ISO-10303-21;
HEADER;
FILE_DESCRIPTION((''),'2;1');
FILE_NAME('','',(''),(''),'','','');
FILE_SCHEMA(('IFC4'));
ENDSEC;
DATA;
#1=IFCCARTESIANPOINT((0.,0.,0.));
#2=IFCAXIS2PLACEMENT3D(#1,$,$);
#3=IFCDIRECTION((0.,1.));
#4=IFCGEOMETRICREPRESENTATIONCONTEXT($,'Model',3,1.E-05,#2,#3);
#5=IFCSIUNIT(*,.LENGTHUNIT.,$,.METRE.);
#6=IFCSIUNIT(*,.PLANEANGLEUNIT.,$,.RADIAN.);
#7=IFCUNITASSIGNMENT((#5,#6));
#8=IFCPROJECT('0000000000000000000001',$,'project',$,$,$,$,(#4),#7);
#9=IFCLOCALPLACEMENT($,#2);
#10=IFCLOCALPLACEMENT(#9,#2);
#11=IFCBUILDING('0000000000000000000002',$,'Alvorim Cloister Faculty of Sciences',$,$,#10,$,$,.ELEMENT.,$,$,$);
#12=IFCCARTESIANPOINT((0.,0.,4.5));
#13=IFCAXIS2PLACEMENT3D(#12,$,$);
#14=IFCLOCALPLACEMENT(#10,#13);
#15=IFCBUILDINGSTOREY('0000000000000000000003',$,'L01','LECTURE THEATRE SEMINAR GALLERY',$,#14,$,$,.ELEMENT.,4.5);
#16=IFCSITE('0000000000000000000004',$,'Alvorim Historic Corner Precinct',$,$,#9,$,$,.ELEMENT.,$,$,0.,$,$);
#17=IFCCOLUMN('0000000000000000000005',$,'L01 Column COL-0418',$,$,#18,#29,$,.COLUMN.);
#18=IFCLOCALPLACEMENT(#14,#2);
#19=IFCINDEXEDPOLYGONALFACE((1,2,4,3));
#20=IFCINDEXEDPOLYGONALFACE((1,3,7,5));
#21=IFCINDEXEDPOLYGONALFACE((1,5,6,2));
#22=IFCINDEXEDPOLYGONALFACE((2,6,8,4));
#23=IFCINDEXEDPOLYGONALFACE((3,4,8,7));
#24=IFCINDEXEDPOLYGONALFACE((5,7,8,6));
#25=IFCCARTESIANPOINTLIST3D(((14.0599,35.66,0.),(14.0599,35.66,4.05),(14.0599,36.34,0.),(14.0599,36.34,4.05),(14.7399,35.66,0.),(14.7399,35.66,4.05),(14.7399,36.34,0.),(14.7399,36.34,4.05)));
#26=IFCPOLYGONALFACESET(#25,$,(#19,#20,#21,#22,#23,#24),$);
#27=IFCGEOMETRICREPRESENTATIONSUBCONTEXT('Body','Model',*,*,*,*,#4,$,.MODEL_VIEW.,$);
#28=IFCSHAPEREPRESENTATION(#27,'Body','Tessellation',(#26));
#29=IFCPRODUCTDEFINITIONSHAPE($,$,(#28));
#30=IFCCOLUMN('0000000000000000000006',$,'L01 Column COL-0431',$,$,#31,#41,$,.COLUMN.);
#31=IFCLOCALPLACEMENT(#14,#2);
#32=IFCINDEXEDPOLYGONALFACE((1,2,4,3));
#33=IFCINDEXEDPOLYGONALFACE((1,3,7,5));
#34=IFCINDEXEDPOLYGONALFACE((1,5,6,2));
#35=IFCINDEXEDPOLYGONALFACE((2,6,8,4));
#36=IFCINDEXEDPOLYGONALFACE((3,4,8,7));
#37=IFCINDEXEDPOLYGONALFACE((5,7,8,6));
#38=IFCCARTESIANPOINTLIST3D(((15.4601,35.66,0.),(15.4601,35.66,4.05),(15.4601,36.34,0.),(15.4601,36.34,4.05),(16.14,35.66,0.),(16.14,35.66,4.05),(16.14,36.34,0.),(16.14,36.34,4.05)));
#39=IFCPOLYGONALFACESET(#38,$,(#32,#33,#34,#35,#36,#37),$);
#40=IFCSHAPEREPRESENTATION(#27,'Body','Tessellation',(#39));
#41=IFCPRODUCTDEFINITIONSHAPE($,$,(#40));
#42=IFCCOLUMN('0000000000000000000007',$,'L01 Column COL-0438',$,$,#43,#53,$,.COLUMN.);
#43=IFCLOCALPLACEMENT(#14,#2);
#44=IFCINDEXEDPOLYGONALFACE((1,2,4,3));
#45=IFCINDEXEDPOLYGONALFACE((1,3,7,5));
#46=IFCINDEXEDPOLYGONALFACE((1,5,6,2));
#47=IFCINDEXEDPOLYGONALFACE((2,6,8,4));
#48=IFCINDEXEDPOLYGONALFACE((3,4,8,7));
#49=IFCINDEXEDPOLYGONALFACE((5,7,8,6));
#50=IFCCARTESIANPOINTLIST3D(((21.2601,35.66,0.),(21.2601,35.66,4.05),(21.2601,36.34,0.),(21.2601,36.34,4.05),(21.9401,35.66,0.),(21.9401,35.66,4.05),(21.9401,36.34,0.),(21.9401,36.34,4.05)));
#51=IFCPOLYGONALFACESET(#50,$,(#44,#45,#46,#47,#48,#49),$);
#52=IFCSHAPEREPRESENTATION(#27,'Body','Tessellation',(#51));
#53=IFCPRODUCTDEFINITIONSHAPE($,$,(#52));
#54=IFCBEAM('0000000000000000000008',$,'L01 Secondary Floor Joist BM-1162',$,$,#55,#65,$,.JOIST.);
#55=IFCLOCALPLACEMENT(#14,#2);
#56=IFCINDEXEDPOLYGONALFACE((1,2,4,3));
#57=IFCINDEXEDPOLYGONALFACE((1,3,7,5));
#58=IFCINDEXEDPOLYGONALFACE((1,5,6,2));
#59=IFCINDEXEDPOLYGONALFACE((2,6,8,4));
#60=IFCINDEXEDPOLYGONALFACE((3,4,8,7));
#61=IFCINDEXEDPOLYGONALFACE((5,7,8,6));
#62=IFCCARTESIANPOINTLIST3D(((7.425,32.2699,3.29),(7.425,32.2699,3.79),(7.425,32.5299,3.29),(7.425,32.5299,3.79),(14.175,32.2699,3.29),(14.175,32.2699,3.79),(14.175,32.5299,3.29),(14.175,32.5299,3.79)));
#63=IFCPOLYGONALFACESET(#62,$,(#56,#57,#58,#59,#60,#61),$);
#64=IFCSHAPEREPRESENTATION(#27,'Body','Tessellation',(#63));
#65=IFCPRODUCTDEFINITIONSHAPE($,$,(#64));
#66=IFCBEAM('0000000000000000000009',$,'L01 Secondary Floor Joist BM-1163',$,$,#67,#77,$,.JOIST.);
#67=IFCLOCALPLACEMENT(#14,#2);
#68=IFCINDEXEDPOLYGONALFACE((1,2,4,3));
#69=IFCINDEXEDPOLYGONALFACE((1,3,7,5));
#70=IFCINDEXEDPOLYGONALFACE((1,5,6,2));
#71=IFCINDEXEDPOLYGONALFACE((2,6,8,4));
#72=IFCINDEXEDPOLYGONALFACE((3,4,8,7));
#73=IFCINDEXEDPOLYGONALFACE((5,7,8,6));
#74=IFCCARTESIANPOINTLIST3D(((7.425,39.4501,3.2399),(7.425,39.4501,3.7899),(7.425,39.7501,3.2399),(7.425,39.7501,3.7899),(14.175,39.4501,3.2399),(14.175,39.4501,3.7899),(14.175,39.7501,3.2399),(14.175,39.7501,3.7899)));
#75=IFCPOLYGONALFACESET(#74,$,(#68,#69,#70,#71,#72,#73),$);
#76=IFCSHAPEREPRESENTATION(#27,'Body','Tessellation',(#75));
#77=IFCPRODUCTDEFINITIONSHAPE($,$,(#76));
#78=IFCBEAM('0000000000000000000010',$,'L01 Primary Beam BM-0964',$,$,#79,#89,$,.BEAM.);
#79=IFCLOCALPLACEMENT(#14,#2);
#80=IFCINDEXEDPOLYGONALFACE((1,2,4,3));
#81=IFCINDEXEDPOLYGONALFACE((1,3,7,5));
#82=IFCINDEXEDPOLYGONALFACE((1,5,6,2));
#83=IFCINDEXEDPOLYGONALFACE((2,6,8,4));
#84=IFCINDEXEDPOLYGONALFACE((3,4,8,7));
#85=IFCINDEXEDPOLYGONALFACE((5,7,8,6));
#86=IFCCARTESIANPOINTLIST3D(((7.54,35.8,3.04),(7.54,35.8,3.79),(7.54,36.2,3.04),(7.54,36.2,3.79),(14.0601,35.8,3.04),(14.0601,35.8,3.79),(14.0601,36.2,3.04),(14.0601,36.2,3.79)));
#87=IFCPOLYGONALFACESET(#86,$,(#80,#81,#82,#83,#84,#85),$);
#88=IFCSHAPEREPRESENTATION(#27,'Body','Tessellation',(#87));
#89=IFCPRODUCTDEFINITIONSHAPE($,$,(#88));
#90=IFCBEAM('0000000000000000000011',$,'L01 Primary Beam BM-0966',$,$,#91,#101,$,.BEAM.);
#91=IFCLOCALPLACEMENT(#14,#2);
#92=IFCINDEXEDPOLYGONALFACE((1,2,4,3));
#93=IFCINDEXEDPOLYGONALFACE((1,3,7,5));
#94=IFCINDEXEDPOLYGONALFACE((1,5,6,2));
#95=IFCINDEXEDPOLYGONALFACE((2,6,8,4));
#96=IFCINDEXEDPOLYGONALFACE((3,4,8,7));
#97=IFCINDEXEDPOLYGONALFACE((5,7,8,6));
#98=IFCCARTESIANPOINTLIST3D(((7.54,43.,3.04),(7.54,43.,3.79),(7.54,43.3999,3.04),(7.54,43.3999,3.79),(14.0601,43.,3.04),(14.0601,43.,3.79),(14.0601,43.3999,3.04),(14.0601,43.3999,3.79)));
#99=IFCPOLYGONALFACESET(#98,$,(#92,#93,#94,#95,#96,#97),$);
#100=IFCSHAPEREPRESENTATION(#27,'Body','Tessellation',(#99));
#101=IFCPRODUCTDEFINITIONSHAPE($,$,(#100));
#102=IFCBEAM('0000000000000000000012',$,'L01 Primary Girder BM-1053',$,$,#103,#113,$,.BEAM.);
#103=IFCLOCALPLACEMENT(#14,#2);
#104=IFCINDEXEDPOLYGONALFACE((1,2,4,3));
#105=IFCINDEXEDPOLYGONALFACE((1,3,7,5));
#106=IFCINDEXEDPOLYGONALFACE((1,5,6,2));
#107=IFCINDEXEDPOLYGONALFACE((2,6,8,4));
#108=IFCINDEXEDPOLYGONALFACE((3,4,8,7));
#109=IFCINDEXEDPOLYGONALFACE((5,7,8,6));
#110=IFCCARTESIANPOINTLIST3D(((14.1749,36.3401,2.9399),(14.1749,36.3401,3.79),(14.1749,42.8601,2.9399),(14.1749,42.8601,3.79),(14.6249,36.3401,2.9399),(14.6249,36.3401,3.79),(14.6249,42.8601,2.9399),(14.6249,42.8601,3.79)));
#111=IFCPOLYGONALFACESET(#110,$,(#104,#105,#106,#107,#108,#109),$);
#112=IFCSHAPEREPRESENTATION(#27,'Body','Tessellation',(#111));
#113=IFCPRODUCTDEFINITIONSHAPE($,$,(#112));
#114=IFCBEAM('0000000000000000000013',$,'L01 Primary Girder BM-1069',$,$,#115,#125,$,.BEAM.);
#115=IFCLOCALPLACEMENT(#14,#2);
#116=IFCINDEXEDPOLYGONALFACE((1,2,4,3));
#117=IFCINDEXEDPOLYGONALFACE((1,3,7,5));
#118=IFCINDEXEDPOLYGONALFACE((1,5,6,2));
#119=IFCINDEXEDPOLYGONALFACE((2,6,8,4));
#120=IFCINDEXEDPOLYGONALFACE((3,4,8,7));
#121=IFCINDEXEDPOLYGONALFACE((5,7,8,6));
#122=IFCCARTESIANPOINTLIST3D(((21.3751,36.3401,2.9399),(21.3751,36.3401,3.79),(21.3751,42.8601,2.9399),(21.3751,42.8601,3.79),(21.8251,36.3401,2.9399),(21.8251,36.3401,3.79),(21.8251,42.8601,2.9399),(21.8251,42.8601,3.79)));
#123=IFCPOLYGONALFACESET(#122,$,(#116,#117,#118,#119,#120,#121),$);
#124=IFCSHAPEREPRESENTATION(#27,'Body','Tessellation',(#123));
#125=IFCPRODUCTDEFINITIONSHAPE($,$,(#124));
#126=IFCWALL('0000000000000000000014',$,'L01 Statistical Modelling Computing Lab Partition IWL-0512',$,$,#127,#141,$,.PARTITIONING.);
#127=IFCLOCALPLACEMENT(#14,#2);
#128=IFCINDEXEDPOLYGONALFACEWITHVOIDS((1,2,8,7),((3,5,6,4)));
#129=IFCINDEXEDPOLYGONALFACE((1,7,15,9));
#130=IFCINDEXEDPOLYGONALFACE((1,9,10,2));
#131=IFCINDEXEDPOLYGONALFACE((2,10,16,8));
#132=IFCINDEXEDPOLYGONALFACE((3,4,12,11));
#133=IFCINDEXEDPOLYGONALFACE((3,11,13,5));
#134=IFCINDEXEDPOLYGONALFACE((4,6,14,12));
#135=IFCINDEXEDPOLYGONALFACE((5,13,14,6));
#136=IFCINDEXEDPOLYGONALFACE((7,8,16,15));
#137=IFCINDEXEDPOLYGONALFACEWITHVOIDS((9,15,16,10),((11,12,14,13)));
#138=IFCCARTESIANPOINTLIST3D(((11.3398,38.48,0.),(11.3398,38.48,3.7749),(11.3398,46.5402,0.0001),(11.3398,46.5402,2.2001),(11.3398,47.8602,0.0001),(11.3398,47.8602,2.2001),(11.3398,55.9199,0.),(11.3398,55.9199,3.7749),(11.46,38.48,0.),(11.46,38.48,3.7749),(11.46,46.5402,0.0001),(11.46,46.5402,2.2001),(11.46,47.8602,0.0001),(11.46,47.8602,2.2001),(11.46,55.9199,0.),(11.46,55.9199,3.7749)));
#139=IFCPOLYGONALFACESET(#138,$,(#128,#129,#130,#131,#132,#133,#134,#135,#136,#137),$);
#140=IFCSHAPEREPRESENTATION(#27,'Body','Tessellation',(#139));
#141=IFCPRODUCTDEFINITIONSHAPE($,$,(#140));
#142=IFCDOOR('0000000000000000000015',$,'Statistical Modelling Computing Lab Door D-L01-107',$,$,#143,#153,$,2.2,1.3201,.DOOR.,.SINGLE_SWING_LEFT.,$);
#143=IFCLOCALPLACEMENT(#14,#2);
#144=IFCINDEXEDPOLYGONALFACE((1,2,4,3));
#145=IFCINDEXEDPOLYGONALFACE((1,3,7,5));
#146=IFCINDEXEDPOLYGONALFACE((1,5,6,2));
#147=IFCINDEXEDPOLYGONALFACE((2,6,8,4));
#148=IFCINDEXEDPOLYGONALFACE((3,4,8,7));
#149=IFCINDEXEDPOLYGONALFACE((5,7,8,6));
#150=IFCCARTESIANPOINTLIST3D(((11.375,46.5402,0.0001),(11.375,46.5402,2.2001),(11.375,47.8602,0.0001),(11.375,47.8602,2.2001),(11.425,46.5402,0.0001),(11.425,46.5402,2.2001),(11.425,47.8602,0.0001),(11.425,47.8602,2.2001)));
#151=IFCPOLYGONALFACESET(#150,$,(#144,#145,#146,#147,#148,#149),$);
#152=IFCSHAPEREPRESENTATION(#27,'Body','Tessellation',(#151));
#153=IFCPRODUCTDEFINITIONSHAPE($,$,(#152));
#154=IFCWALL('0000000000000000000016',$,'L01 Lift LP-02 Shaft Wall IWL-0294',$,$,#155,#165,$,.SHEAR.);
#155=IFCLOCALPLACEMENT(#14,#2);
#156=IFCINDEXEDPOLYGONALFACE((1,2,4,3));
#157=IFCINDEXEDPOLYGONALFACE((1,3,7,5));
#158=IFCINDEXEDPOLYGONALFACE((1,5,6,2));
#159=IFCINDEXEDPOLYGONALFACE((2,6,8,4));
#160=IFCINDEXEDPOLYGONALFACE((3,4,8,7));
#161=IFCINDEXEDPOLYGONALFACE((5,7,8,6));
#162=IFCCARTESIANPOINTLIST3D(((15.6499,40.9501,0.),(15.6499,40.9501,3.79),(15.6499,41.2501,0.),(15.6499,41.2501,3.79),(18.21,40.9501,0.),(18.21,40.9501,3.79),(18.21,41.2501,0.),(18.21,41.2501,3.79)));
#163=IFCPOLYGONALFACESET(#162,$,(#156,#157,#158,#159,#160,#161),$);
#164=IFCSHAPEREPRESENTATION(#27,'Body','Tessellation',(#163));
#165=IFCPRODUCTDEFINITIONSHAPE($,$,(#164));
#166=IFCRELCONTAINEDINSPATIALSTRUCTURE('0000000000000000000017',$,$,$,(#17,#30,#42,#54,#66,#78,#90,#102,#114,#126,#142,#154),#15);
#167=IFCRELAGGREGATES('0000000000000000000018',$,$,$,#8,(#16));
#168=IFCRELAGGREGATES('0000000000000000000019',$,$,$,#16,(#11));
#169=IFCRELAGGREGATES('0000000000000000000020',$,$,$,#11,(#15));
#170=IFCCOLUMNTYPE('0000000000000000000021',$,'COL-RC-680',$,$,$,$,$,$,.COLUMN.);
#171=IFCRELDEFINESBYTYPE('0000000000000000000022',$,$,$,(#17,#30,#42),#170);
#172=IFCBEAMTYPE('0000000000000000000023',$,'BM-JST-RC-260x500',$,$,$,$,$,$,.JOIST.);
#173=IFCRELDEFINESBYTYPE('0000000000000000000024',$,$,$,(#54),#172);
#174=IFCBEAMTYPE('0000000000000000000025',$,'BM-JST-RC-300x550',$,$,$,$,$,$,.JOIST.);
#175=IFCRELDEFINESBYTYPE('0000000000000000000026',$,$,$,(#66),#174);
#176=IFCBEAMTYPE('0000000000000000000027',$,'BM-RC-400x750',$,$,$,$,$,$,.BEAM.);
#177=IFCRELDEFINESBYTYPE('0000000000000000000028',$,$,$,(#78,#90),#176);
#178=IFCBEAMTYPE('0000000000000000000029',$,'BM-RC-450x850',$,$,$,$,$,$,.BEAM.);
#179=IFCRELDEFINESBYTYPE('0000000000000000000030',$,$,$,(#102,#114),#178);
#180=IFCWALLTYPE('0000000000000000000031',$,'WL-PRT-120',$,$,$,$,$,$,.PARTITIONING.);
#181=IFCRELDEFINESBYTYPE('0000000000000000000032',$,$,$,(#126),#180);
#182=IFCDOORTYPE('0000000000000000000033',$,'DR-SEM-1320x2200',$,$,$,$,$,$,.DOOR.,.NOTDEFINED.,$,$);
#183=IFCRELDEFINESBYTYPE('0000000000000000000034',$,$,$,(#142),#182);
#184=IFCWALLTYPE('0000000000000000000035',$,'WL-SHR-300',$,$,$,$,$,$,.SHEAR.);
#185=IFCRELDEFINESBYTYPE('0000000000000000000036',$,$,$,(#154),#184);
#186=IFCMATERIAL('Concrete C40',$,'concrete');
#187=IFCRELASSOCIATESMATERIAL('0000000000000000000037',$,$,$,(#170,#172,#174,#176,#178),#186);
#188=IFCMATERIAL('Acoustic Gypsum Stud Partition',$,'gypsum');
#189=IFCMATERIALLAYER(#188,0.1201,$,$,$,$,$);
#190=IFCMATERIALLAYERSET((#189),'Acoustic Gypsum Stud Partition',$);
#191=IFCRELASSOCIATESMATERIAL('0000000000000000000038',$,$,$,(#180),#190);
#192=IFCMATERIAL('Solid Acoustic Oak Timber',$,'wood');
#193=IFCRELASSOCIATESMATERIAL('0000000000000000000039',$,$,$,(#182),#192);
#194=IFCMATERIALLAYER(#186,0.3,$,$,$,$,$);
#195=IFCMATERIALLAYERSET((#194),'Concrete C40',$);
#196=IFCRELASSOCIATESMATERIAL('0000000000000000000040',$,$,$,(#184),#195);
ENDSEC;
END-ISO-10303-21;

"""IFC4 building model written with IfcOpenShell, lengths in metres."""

from ifc_helpers import new_model, si_unit, direction, frame, frame_2d, origin, origin_2d, place, context, subcontext, project, spatial, rectangle, extrude, material, layer, layer_set, material_profile, profile_set, type_object, element, fill, save


model = new_model("IFC4")

# Units and contexts
model_context = context("Model", 3, precision=1e-05, world=origin(), true_north=direction((0.0, 1.0)))
body_context = subcontext(model_context, "Body", "Model", "MODEL_VIEW")
ifc_project = project(units=[si_unit("LENGTHUNIT", "METRE"), si_unit("PLANEANGLEUNIT", "RADIAN")], contexts=[model_context])

# Site, building, storey
site_placement = place(None, origin())
site = spatial("IfcSite", under=ifc_project, at=site_placement, Name="Alvorim Historic Corner Precinct", CompositionType="ELEMENT", RefElevation=0.0)
building_placement = place(site_placement, origin())
building = spatial("IfcBuilding", under=site, at=building_placement, Name="Alvorim Cloister Faculty of Sciences", CompositionType="ELEMENT")
storey_placement = place(building_placement, frame((0.0, 0.0, 4.5)))
storey = spatial("IfcBuildingStorey", under=building, at=storey_placement, Name="L01", Description="LECTURE THEATRE SEMINAR GALLERY", CompositionType="ELEMENT", Elevation=4.5)

# Columns
ifc_material_1 = material(Name="Concrete C40", Category="concrete")
ifc_material_profile_1 = material_profile(ifc_material_1, rectangle(XDim=0.6799, YDim=0.6799, at=origin_2d()), Name="RC40-COL-680x680")
ifc_profile_set_1 = profile_set([ifc_material_profile_1], Name="Concrete C40")
column_type = type_object("IfcColumnType", Name="COL-RC-680", PredefinedType="COLUMN", material=ifc_profile_set_1)
for number, where, z_axis, x_axis, name in (
    (1, (14.3999, 36.0, 0.0), (0.0, 0.0, 1.0), (1.0, 0.0, 0.0), "L01 Column COL-0418"),
    (2, (15.8, 36.0, 0.0), (0.0, 0.0, 1.0), (1.0, 0.0, 0.0), "L01 Column COL-0431"),
    (3, (21.6001, 36.0, 0.0), (0.0, 0.0, 1.0), (1.0, 0.0, 0.0), "L01 Column COL-0438"),
):
    element("IfcColumn", number, at=place(storey_placement, frame(where, z_axis=z_axis, x_axis=x_axis)), inside=storey, type_object=column_type, Name=name, PredefinedType="COLUMN", context=body_context, shape_type="SweptSolid", body=[
        extrude(rectangle(XDim=0.6799, YDim=0.6799, at=origin_2d()), origin(), (0.0, 0.0, 1.0), 4.05),
    ])

# Beams
ifc_material_profile_2 = material_profile(ifc_material_1, rectangle(XDim=0.26, YDim=0.5, at=origin_2d()), Name="RC40-JST-260x500")
ifc_profile_set_2 = profile_set([ifc_material_profile_2], Name="Concrete C40")
beam_type_1 = type_object("IfcBeamType", Name="BM-JST-RC-260x500", PredefinedType="JOIST", material=ifc_profile_set_2)
beam_1_placement = place(storey_placement, frame((7.425, 32.3999, 3.54), z_axis=(1.0, 0.0, 0.0), x_axis=(0.0, 1.0, 0.0)))
element("IfcBeam", 4, at=beam_1_placement, inside=storey, type_object=beam_type_1, Name="L01 Secondary Floor Joist BM-1162", PredefinedType="JOIST", context=body_context, shape_type="SweptSolid", body=[
    extrude(rectangle(XDim=0.26, YDim=0.5, at=origin_2d()), origin(), (0.0, 0.0, 1.0), 6.75),
])
ifc_material_profile_3 = material_profile(ifc_material_1, rectangle(XDim=0.3, YDim=0.55, at=origin_2d()), Name="RC40-JST-300x550")
ifc_profile_set_3 = profile_set([ifc_material_profile_3], Name="Concrete C40")
beam_type_2 = type_object("IfcBeamType", Name="BM-JST-RC-300x550", PredefinedType="JOIST", material=ifc_profile_set_3)
beam_2_placement = place(storey_placement, frame((7.425, 39.6001, 3.5149), z_axis=(1.0, 0.0, 0.0), x_axis=(0.0, 1.0, 0.0)))
element("IfcBeam", 5, at=beam_2_placement, inside=storey, type_object=beam_type_2, Name="L01 Secondary Floor Joist BM-1163", PredefinedType="JOIST", context=body_context, shape_type="SweptSolid", body=[
    extrude(rectangle(XDim=0.3, YDim=0.55, at=origin_2d()), origin(), (0.0, 0.0, 1.0), 6.75),
])
ifc_material_profile_4 = material_profile(ifc_material_1, rectangle(XDim=0.3999, YDim=0.75, at=origin_2d()), Name="RC40-BM-400x750")
ifc_profile_set_4 = profile_set([ifc_material_profile_4], Name="Concrete C40")
beam_type_3 = type_object("IfcBeamType", Name="BM-RC-400x750", PredefinedType="BEAM", material=ifc_profile_set_4)
for number, where, z_axis, x_axis, name in (
    (6, (7.54, 36.0, 3.415), (1.0, 0.0, 0.0), (0.0, 1.0, 0.0), "L01 Primary Beam BM-0964"),
    (7, (7.54, 43.2, 3.415), (1.0, 0.0, 0.0), (0.0, 1.0, 0.0), "L01 Primary Beam BM-0966"),
):
    element("IfcBeam", number, at=place(storey_placement, frame(where, z_axis=z_axis, x_axis=x_axis)), inside=storey, type_object=beam_type_3, Name=name, PredefinedType="BEAM", context=body_context, shape_type="SweptSolid", body=[
        extrude(rectangle(XDim=0.3999, YDim=0.75, at=origin_2d()), origin(), (0.0, 0.0, 1.0), 6.52),
    ])
ifc_material_profile_5 = material_profile(ifc_material_1, rectangle(XDim=0.45, YDim=0.8501, at=origin_2d()), Name="RC40-BM-450x850")
ifc_profile_set_5 = profile_set([ifc_material_profile_5], Name="Concrete C40")
beam_type_4 = type_object("IfcBeamType", Name="BM-RC-450x850", PredefinedType="BEAM", material=ifc_profile_set_5)
for number, where, z_axis, x_axis, name in (
    (8, (14.3999, 36.3401, 3.365), (0.0, 1.0, 0.0), (-1.0, 0.0, 0.0), "L01 Primary Girder BM-1053"),
    (9, (21.6001, 36.3401, 3.365), (0.0, 1.0, 0.0), (-1.0, 0.0, 0.0), "L01 Primary Girder BM-1069"),
):
    element("IfcBeam", number, at=place(storey_placement, frame(where, z_axis=z_axis, x_axis=x_axis)), inside=storey, type_object=beam_type_4, Name=name, PredefinedType="BEAM", context=body_context, shape_type="SweptSolid", body=[
        extrude(rectangle(XDim=0.45, YDim=0.8501, at=origin_2d()), origin(), (0.0, 0.0, 1.0), 6.52),
    ])

# Wall, opening, door
ifc_material_2 = material(Name="Acoustic Gypsum Stud Partition", Category="gypsum")
ifc_layer_1 = layer(ifc_material_2, 0.1201)
ifc_layer_set_1 = layer_set([ifc_layer_1], Name="Acoustic Gypsum Stud Partition")
wall_type_1 = type_object("IfcWallType", Name="WL-PRT-120", PredefinedType="PARTITIONING", material=ifc_layer_set_1)
wall_1_placement = place(storey_placement, frame((11.3999, 38.48, 0.0), z_axis=(0.0, 0.0, 1.0), x_axis=(0.0, 1.0, 0.0)))
wall_1 = element("IfcWall", 10, at=wall_1_placement, inside=storey, type_object=wall_type_1, Name="L01 Statistical Modelling Computing Lab Partition IWL-0512", PredefinedType="PARTITIONING", context=body_context, shape_type="SweptSolid", body=[
    extrude(rectangle(XDim=17.4399, YDim=0.1201, at=frame_2d((8.72, 0.0))), origin(), (0.0, 0.0, 1.0), 3.7749),
])
opening_1_placement = place(wall_1_placement, frame((8.0601, 0.0, 0.0)))
opening_1 = element("IfcOpeningElement", 11, at=opening_1_placement, cuts=wall_1, PredefinedType="OPENING", context=body_context, shape_type="SweptSolid", body=[
    extrude(rectangle(XDim=1.3201, YDim=2.2, at=frame_2d((0.6602, 1.1001))), frame((0.0, 0.072, 0.0), z_axis=(0.0, -1.0, 0.0), x_axis=(1.0, 0.0, 0.0)), (0.0, 0.0, 1.0), 0.144),
])
ifc_material_3 = material(Name="Solid Acoustic Oak Timber", Category="wood")
door_type_1 = type_object("IfcDoorType", Name="DR-SEM-1320x2200", OperationType="NOTDEFINED", PredefinedType="DOOR", material=ifc_material_3)
door_1_placement = place(opening_1_placement, origin())
door_1 = element("IfcDoor", 12, at=door_1_placement, inside=storey, type_object=door_type_1, Name="Statistical Modelling Computing Lab Door D-L01-107", OperationType="SINGLE_SWING_LEFT", OverallHeight=2.2, OverallWidth=1.3201, PredefinedType="DOOR", context=body_context, shape_type="SweptSolid", body=[
    extrude(rectangle(XDim=1.3201, YDim=2.2, at=frame_2d((0.6602, 1.1001))), frame((0.0, 0.0249, 0.0), z_axis=(0.0, -1.0, 0.0), x_axis=(1.0, 0.0, 0.0)), (0.0, 0.0, 1.0), 0.05),
])
fill(opening_1, door_1)

# Wall
ifc_layer_2 = layer(ifc_material_1, 0.3)
ifc_layer_set_2 = layer_set([ifc_layer_2], Name="Concrete C40")
wall_type_2 = type_object("IfcWallType", Name="WL-SHR-300", PredefinedType="SHEAR", material=ifc_layer_set_2)
wall_2_placement = place(storey_placement, frame((15.6499, 41.1001, 0.0), z_axis=(0.0, 0.0, 1.0), x_axis=(1.0, 0.0, 0.0)))
element("IfcWall", 13, at=wall_2_placement, inside=storey, type_object=wall_type_2, Name="L01 Lift LP-02 Shaft Wall IWL-0294", PredefinedType="SHEAR", context=body_context, shape_type="SweptSolid", body=[
    extrude(rectangle(XDim=2.5601, YDim=0.3, at=frame_2d((1.28, 0.0))), origin(), (0.0, 0.0, 1.0), 3.79),
])

save(model, "model.ifc")
